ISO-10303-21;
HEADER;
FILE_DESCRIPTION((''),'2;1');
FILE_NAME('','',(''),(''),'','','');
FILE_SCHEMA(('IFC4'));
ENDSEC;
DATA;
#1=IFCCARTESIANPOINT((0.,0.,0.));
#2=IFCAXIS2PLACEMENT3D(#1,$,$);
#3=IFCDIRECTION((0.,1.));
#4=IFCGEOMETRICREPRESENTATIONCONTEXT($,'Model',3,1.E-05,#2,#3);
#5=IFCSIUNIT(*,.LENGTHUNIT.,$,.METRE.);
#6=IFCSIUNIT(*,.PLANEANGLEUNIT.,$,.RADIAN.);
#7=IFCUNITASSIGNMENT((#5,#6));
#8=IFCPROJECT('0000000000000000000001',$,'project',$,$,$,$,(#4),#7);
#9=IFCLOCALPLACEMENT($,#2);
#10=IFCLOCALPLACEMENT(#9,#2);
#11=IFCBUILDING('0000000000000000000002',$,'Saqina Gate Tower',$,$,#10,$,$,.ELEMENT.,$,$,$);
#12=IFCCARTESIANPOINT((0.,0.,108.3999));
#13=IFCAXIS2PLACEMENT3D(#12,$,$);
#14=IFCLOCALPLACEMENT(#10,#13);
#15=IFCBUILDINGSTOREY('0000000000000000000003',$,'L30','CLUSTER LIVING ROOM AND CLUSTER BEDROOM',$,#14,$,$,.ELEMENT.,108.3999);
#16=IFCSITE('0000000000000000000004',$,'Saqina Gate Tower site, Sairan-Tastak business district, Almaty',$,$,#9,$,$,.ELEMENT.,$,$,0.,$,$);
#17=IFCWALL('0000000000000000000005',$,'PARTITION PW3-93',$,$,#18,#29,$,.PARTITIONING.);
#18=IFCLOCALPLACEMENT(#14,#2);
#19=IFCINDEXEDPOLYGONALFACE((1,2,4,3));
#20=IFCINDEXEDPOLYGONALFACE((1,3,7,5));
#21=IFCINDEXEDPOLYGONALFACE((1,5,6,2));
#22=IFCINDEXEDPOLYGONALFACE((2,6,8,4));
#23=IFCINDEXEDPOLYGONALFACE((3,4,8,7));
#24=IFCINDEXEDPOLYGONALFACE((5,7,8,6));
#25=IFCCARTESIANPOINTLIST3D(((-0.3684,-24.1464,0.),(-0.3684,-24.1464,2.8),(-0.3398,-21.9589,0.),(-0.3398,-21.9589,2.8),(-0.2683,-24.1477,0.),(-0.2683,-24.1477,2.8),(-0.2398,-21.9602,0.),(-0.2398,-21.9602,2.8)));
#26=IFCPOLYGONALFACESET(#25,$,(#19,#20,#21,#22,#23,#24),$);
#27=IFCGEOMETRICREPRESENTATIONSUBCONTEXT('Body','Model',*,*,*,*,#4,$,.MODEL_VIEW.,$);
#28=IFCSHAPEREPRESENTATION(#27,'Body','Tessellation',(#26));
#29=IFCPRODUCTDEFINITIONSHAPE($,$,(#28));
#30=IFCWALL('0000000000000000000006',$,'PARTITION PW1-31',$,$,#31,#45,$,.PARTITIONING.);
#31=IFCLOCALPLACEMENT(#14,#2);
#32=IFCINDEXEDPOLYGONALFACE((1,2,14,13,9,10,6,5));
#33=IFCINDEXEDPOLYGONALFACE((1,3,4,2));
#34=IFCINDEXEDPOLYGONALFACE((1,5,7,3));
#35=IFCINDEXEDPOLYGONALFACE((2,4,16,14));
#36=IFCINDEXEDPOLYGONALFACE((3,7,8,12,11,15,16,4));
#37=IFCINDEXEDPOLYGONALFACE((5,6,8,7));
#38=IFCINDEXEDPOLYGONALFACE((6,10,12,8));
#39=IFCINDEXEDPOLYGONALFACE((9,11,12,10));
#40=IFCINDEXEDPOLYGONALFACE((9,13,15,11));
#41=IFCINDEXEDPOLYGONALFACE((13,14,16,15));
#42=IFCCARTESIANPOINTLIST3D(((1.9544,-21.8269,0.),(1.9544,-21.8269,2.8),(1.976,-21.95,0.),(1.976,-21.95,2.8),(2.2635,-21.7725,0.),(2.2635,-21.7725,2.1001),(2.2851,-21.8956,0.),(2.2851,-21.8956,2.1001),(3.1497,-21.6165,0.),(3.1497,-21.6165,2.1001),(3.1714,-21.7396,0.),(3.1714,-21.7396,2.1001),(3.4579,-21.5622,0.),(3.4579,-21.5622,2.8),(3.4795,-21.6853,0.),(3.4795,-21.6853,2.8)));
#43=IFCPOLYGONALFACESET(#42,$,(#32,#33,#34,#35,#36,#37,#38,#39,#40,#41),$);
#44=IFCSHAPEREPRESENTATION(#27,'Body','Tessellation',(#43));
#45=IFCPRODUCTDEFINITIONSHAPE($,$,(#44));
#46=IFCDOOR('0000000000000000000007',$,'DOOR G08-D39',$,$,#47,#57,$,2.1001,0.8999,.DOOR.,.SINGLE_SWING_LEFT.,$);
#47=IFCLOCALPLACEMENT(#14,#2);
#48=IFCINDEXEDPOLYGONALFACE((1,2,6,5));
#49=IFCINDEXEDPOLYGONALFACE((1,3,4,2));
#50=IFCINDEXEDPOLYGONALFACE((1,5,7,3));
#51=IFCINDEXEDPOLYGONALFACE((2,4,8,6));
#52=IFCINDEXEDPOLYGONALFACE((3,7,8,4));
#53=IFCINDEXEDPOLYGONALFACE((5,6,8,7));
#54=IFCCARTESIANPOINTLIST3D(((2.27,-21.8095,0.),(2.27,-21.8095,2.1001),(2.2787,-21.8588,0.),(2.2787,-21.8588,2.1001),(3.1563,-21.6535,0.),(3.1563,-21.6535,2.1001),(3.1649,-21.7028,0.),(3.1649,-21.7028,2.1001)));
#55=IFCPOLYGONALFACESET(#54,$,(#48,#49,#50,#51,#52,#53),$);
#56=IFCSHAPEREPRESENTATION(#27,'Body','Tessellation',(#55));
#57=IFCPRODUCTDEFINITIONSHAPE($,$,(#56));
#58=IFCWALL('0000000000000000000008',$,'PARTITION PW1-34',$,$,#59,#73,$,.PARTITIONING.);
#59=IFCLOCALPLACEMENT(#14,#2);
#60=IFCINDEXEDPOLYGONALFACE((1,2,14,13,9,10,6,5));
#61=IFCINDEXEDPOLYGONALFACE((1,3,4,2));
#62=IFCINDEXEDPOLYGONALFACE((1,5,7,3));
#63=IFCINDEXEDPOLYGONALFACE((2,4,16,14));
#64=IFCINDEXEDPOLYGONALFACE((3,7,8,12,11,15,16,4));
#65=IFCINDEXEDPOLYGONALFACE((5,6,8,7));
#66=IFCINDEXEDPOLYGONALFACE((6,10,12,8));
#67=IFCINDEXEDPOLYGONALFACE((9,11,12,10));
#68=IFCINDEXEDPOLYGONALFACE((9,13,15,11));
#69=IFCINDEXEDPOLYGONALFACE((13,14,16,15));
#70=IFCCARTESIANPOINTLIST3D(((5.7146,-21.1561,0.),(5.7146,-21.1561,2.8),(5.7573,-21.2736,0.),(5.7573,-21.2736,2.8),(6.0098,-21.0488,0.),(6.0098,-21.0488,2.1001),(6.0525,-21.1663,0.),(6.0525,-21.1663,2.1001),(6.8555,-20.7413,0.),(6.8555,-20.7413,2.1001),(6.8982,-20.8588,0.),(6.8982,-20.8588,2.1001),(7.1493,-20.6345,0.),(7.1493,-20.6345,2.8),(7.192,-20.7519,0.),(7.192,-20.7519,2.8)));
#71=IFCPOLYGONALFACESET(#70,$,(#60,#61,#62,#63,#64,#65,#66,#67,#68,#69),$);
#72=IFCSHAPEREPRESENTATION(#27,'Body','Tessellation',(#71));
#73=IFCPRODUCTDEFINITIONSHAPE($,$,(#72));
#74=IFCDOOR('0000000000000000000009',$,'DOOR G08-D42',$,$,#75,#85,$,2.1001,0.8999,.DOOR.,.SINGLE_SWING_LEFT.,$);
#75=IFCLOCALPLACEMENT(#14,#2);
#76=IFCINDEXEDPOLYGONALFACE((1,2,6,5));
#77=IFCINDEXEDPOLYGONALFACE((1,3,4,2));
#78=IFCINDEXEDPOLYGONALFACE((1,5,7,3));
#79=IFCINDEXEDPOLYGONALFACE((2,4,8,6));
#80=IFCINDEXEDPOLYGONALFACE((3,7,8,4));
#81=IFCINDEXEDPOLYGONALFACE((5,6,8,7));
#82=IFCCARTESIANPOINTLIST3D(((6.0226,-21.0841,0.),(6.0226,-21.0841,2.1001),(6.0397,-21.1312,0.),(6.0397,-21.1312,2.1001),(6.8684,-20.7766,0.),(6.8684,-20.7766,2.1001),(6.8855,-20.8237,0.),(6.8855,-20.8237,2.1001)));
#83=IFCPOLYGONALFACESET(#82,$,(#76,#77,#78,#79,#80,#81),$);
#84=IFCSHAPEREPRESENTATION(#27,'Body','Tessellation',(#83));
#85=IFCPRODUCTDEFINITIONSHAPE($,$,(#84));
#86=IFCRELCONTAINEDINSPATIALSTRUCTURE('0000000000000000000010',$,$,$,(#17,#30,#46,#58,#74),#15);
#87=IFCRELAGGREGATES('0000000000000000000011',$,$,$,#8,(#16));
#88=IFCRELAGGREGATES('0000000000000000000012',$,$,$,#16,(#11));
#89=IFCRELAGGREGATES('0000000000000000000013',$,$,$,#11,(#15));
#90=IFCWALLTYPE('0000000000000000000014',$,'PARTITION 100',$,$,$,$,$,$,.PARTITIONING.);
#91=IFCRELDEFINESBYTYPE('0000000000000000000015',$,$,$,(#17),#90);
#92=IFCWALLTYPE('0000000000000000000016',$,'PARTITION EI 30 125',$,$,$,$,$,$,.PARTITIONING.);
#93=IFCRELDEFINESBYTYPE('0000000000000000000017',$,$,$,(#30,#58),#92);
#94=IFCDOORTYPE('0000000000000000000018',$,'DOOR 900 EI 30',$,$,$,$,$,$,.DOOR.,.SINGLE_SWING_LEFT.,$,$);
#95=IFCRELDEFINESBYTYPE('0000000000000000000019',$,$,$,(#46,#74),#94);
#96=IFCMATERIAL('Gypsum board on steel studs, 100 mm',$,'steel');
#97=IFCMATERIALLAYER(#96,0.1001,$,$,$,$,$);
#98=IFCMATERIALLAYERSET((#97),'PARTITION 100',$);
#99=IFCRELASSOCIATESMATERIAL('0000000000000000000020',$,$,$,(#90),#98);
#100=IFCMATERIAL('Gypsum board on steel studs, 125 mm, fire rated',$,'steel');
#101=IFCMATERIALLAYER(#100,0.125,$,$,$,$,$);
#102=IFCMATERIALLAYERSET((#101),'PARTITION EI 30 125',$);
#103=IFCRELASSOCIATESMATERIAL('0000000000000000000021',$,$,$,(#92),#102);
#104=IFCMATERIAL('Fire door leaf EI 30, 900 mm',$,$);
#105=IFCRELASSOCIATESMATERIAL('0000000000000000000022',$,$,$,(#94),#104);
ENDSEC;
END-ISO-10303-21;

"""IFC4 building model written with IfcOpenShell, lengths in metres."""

from ifc_helpers import new_model, si_unit, direction, frame, frame_2d, origin, place, context, subcontext, project, spatial, rectangle, extrude, material, layer, layer_set, type_object, element, fill, save


model = new_model("IFC4")

# Units and contexts
model_context = context("Model", 3, precision=1e-05, world=origin(), true_north=direction((0.0, 1.0)))
body_context = subcontext(model_context, "Body", "Model", "MODEL_VIEW")
ifc_project = project(units=[si_unit("LENGTHUNIT", "METRE"), si_unit("PLANEANGLEUNIT", "RADIAN")], contexts=[model_context])

# Site, building, storey
site_placement = place(None, origin())
site = spatial("IfcSite", under=ifc_project, at=site_placement, Name="Saqina Gate Tower site, Sairan-Tastak business district, Almaty", CompositionType="ELEMENT", RefElevation=0.0)
building_placement = place(site_placement, origin())
building = spatial("IfcBuilding", under=site, at=building_placement, Name="Saqina Gate Tower", CompositionType="ELEMENT")
storey_placement = place(building_placement, frame((0.0, 0.0, 108.3999)))
storey = spatial("IfcBuildingStorey", under=building, at=storey_placement, Name="L30", Description="CLUSTER LIVING ROOM AND CLUSTER BEDROOM", CompositionType="ELEMENT", Elevation=108.3999)

# Shared definitions
ifc_material_1 = material(Name="Gypsum board on steel studs, 100 mm", Category="steel")
ifc_layer_1 = layer(ifc_material_1, 0.1001)
ifc_layer_set_1 = layer_set([ifc_layer_1], Name="PARTITION 100")
wall_type_1 = type_object("IfcWallType", Name="PARTITION 100", PredefinedType="PARTITIONING", material=ifc_layer_set_1)

# Wall
wall_1_placement = place(storey_placement, frame((-0.3184, -24.147, 0.0), z_axis=(0.0, 0.0, 1.0), x_axis=(0.013057, 0.999915, 0.0)))
element("IfcWall", 1, at=wall_1_placement, inside=storey, type_object=wall_type_1, Name="PARTITION PW3-93", PredefinedType="PARTITIONING", context=body_context, shape_type="SweptSolid", body=[
    extrude(rectangle(XDim=2.1877, YDim=0.1001, at=frame_2d((1.0938, 0.0))), origin(), (0.0, 0.0, 1.0), 2.8),
])

# Walls, openings, doors
ifc_material_2 = material(Name="Gypsum board on steel studs, 125 mm, fire rated", Category="steel")
ifc_layer_2 = layer(ifc_material_2, 0.125)
ifc_layer_set_2 = layer_set([ifc_layer_2], Name="PARTITION EI 30 125")
wall_type_2 = type_object("IfcWallType", Name="PARTITION EI 30 125", PredefinedType="PARTITIONING", material=ifc_layer_set_2)
wall_2_placement = place(storey_placement, frame((1.9653, -21.8884, 0.0), z_axis=(0.0, 0.0, 1.0), x_axis=(0.984858, 0.173366, 0.0)))
wall_2 = element("IfcWall", 2, at=wall_2_placement, inside=storey, type_object=wall_type_2, Name="PARTITION PW1-31", PredefinedType="PARTITIONING", context=body_context, shape_type="SweptSolid", body=[
    extrude(rectangle(XDim=1.5266, YDim=0.125, at=frame_2d((0.7632, 0.0))), origin(), (0.0, 0.0, 1.0), 2.8),
])
opening_1_placement = place(wall_2_placement, frame((0.3137, 0.0, 0.0)))
opening_1 = element("IfcOpeningElement", 3, at=opening_1_placement, cuts=wall_2, PredefinedType="OPENING", context=body_context, shape_type="SweptSolid", body=[
    extrude(rectangle(XDim=0.8999, YDim=2.1001, at=frame_2d((0.45, 1.05))), frame((0.0, 0.0745, 0.0), z_axis=(0.0, -1.0, 0.0), x_axis=(1.0, 0.0, 0.0)), (0.0, 0.0, 1.0), 0.1489),
])
ifc_material_3 = material(Name="Fire door leaf EI 30, 900 mm")
door_type_1 = type_object("IfcDoorType", Name="DOOR 900 EI 30", OperationType="SINGLE_SWING_LEFT", PredefinedType="DOOR", material=ifc_material_3)
door_1_placement = place(opening_1_placement, origin())
door_1 = element("IfcDoor", 4, at=door_1_placement, inside=storey, type_object=door_type_1, Name="DOOR G08-D39", OperationType="SINGLE_SWING_LEFT", OverallHeight=2.1001, OverallWidth=0.8999, PredefinedType="DOOR", context=body_context, shape_type="SweptSolid", body=[
    extrude(rectangle(XDim=0.8999, YDim=2.1001, at=frame_2d((0.45, 1.05))), frame((0.0, 0.0249, 0.0), z_axis=(0.0, -1.0, 0.0), x_axis=(1.0, 0.0, 0.0)), (0.0, 0.0, 1.0), 0.05),
])
fill(opening_1, door_1)
wall_3_placement = place(storey_placement, frame((5.7361, -21.2148, 0.0), z_axis=(0.0, 0.0, 1.0), x_axis=(0.939798, 0.34173, 0.0)))
wall_3 = element("IfcWall", 5, at=wall_3_placement, inside=storey, type_object=wall_type_2, Name="PARTITION PW1-34", PredefinedType="PARTITIONING", context=body_context, shape_type="SweptSolid", body=[
    extrude(rectangle(XDim=1.5266, YDim=0.125, at=frame_2d((0.7632, 0.0))), origin(), (0.0, 0.0, 1.0), 2.8),
])
opening_2_placement = place(wall_3_placement, frame((0.314, 0.0, 0.0)))
opening_2 = element("IfcOpeningElement", 6, at=opening_2_placement, cuts=wall_3, PredefinedType="OPENING", context=body_context, shape_type="SweptSolid", body=[
    extrude(rectangle(XDim=0.8999, YDim=2.1001, at=frame_2d((0.45, 1.05))), frame((0.0, 0.0745, 0.0), z_axis=(0.0, -1.0, 0.0), x_axis=(1.0, 0.0, 0.0)), (0.0, 0.0, 1.0), 0.1489),
])
door_2_placement = place(opening_2_placement, origin())
door_2 = element("IfcDoor", 7, at=door_2_placement, inside=storey, type_object=door_type_1, Name="DOOR G08-D42", OperationType="SINGLE_SWING_LEFT", OverallHeight=2.1001, OverallWidth=0.8999, PredefinedType="DOOR", context=body_context, shape_type="SweptSolid", body=[
    extrude(rectangle(XDim=0.8999, YDim=2.1001, at=frame_2d((0.45, 1.05))), frame((0.0, 0.0249, 0.0), z_axis=(0.0, -1.0, 0.0), x_axis=(1.0, 0.0, 0.0)), (0.0, 0.0, 1.0), 0.05),
])
fill(opening_2, door_2)

save(model, "model.ifc")
